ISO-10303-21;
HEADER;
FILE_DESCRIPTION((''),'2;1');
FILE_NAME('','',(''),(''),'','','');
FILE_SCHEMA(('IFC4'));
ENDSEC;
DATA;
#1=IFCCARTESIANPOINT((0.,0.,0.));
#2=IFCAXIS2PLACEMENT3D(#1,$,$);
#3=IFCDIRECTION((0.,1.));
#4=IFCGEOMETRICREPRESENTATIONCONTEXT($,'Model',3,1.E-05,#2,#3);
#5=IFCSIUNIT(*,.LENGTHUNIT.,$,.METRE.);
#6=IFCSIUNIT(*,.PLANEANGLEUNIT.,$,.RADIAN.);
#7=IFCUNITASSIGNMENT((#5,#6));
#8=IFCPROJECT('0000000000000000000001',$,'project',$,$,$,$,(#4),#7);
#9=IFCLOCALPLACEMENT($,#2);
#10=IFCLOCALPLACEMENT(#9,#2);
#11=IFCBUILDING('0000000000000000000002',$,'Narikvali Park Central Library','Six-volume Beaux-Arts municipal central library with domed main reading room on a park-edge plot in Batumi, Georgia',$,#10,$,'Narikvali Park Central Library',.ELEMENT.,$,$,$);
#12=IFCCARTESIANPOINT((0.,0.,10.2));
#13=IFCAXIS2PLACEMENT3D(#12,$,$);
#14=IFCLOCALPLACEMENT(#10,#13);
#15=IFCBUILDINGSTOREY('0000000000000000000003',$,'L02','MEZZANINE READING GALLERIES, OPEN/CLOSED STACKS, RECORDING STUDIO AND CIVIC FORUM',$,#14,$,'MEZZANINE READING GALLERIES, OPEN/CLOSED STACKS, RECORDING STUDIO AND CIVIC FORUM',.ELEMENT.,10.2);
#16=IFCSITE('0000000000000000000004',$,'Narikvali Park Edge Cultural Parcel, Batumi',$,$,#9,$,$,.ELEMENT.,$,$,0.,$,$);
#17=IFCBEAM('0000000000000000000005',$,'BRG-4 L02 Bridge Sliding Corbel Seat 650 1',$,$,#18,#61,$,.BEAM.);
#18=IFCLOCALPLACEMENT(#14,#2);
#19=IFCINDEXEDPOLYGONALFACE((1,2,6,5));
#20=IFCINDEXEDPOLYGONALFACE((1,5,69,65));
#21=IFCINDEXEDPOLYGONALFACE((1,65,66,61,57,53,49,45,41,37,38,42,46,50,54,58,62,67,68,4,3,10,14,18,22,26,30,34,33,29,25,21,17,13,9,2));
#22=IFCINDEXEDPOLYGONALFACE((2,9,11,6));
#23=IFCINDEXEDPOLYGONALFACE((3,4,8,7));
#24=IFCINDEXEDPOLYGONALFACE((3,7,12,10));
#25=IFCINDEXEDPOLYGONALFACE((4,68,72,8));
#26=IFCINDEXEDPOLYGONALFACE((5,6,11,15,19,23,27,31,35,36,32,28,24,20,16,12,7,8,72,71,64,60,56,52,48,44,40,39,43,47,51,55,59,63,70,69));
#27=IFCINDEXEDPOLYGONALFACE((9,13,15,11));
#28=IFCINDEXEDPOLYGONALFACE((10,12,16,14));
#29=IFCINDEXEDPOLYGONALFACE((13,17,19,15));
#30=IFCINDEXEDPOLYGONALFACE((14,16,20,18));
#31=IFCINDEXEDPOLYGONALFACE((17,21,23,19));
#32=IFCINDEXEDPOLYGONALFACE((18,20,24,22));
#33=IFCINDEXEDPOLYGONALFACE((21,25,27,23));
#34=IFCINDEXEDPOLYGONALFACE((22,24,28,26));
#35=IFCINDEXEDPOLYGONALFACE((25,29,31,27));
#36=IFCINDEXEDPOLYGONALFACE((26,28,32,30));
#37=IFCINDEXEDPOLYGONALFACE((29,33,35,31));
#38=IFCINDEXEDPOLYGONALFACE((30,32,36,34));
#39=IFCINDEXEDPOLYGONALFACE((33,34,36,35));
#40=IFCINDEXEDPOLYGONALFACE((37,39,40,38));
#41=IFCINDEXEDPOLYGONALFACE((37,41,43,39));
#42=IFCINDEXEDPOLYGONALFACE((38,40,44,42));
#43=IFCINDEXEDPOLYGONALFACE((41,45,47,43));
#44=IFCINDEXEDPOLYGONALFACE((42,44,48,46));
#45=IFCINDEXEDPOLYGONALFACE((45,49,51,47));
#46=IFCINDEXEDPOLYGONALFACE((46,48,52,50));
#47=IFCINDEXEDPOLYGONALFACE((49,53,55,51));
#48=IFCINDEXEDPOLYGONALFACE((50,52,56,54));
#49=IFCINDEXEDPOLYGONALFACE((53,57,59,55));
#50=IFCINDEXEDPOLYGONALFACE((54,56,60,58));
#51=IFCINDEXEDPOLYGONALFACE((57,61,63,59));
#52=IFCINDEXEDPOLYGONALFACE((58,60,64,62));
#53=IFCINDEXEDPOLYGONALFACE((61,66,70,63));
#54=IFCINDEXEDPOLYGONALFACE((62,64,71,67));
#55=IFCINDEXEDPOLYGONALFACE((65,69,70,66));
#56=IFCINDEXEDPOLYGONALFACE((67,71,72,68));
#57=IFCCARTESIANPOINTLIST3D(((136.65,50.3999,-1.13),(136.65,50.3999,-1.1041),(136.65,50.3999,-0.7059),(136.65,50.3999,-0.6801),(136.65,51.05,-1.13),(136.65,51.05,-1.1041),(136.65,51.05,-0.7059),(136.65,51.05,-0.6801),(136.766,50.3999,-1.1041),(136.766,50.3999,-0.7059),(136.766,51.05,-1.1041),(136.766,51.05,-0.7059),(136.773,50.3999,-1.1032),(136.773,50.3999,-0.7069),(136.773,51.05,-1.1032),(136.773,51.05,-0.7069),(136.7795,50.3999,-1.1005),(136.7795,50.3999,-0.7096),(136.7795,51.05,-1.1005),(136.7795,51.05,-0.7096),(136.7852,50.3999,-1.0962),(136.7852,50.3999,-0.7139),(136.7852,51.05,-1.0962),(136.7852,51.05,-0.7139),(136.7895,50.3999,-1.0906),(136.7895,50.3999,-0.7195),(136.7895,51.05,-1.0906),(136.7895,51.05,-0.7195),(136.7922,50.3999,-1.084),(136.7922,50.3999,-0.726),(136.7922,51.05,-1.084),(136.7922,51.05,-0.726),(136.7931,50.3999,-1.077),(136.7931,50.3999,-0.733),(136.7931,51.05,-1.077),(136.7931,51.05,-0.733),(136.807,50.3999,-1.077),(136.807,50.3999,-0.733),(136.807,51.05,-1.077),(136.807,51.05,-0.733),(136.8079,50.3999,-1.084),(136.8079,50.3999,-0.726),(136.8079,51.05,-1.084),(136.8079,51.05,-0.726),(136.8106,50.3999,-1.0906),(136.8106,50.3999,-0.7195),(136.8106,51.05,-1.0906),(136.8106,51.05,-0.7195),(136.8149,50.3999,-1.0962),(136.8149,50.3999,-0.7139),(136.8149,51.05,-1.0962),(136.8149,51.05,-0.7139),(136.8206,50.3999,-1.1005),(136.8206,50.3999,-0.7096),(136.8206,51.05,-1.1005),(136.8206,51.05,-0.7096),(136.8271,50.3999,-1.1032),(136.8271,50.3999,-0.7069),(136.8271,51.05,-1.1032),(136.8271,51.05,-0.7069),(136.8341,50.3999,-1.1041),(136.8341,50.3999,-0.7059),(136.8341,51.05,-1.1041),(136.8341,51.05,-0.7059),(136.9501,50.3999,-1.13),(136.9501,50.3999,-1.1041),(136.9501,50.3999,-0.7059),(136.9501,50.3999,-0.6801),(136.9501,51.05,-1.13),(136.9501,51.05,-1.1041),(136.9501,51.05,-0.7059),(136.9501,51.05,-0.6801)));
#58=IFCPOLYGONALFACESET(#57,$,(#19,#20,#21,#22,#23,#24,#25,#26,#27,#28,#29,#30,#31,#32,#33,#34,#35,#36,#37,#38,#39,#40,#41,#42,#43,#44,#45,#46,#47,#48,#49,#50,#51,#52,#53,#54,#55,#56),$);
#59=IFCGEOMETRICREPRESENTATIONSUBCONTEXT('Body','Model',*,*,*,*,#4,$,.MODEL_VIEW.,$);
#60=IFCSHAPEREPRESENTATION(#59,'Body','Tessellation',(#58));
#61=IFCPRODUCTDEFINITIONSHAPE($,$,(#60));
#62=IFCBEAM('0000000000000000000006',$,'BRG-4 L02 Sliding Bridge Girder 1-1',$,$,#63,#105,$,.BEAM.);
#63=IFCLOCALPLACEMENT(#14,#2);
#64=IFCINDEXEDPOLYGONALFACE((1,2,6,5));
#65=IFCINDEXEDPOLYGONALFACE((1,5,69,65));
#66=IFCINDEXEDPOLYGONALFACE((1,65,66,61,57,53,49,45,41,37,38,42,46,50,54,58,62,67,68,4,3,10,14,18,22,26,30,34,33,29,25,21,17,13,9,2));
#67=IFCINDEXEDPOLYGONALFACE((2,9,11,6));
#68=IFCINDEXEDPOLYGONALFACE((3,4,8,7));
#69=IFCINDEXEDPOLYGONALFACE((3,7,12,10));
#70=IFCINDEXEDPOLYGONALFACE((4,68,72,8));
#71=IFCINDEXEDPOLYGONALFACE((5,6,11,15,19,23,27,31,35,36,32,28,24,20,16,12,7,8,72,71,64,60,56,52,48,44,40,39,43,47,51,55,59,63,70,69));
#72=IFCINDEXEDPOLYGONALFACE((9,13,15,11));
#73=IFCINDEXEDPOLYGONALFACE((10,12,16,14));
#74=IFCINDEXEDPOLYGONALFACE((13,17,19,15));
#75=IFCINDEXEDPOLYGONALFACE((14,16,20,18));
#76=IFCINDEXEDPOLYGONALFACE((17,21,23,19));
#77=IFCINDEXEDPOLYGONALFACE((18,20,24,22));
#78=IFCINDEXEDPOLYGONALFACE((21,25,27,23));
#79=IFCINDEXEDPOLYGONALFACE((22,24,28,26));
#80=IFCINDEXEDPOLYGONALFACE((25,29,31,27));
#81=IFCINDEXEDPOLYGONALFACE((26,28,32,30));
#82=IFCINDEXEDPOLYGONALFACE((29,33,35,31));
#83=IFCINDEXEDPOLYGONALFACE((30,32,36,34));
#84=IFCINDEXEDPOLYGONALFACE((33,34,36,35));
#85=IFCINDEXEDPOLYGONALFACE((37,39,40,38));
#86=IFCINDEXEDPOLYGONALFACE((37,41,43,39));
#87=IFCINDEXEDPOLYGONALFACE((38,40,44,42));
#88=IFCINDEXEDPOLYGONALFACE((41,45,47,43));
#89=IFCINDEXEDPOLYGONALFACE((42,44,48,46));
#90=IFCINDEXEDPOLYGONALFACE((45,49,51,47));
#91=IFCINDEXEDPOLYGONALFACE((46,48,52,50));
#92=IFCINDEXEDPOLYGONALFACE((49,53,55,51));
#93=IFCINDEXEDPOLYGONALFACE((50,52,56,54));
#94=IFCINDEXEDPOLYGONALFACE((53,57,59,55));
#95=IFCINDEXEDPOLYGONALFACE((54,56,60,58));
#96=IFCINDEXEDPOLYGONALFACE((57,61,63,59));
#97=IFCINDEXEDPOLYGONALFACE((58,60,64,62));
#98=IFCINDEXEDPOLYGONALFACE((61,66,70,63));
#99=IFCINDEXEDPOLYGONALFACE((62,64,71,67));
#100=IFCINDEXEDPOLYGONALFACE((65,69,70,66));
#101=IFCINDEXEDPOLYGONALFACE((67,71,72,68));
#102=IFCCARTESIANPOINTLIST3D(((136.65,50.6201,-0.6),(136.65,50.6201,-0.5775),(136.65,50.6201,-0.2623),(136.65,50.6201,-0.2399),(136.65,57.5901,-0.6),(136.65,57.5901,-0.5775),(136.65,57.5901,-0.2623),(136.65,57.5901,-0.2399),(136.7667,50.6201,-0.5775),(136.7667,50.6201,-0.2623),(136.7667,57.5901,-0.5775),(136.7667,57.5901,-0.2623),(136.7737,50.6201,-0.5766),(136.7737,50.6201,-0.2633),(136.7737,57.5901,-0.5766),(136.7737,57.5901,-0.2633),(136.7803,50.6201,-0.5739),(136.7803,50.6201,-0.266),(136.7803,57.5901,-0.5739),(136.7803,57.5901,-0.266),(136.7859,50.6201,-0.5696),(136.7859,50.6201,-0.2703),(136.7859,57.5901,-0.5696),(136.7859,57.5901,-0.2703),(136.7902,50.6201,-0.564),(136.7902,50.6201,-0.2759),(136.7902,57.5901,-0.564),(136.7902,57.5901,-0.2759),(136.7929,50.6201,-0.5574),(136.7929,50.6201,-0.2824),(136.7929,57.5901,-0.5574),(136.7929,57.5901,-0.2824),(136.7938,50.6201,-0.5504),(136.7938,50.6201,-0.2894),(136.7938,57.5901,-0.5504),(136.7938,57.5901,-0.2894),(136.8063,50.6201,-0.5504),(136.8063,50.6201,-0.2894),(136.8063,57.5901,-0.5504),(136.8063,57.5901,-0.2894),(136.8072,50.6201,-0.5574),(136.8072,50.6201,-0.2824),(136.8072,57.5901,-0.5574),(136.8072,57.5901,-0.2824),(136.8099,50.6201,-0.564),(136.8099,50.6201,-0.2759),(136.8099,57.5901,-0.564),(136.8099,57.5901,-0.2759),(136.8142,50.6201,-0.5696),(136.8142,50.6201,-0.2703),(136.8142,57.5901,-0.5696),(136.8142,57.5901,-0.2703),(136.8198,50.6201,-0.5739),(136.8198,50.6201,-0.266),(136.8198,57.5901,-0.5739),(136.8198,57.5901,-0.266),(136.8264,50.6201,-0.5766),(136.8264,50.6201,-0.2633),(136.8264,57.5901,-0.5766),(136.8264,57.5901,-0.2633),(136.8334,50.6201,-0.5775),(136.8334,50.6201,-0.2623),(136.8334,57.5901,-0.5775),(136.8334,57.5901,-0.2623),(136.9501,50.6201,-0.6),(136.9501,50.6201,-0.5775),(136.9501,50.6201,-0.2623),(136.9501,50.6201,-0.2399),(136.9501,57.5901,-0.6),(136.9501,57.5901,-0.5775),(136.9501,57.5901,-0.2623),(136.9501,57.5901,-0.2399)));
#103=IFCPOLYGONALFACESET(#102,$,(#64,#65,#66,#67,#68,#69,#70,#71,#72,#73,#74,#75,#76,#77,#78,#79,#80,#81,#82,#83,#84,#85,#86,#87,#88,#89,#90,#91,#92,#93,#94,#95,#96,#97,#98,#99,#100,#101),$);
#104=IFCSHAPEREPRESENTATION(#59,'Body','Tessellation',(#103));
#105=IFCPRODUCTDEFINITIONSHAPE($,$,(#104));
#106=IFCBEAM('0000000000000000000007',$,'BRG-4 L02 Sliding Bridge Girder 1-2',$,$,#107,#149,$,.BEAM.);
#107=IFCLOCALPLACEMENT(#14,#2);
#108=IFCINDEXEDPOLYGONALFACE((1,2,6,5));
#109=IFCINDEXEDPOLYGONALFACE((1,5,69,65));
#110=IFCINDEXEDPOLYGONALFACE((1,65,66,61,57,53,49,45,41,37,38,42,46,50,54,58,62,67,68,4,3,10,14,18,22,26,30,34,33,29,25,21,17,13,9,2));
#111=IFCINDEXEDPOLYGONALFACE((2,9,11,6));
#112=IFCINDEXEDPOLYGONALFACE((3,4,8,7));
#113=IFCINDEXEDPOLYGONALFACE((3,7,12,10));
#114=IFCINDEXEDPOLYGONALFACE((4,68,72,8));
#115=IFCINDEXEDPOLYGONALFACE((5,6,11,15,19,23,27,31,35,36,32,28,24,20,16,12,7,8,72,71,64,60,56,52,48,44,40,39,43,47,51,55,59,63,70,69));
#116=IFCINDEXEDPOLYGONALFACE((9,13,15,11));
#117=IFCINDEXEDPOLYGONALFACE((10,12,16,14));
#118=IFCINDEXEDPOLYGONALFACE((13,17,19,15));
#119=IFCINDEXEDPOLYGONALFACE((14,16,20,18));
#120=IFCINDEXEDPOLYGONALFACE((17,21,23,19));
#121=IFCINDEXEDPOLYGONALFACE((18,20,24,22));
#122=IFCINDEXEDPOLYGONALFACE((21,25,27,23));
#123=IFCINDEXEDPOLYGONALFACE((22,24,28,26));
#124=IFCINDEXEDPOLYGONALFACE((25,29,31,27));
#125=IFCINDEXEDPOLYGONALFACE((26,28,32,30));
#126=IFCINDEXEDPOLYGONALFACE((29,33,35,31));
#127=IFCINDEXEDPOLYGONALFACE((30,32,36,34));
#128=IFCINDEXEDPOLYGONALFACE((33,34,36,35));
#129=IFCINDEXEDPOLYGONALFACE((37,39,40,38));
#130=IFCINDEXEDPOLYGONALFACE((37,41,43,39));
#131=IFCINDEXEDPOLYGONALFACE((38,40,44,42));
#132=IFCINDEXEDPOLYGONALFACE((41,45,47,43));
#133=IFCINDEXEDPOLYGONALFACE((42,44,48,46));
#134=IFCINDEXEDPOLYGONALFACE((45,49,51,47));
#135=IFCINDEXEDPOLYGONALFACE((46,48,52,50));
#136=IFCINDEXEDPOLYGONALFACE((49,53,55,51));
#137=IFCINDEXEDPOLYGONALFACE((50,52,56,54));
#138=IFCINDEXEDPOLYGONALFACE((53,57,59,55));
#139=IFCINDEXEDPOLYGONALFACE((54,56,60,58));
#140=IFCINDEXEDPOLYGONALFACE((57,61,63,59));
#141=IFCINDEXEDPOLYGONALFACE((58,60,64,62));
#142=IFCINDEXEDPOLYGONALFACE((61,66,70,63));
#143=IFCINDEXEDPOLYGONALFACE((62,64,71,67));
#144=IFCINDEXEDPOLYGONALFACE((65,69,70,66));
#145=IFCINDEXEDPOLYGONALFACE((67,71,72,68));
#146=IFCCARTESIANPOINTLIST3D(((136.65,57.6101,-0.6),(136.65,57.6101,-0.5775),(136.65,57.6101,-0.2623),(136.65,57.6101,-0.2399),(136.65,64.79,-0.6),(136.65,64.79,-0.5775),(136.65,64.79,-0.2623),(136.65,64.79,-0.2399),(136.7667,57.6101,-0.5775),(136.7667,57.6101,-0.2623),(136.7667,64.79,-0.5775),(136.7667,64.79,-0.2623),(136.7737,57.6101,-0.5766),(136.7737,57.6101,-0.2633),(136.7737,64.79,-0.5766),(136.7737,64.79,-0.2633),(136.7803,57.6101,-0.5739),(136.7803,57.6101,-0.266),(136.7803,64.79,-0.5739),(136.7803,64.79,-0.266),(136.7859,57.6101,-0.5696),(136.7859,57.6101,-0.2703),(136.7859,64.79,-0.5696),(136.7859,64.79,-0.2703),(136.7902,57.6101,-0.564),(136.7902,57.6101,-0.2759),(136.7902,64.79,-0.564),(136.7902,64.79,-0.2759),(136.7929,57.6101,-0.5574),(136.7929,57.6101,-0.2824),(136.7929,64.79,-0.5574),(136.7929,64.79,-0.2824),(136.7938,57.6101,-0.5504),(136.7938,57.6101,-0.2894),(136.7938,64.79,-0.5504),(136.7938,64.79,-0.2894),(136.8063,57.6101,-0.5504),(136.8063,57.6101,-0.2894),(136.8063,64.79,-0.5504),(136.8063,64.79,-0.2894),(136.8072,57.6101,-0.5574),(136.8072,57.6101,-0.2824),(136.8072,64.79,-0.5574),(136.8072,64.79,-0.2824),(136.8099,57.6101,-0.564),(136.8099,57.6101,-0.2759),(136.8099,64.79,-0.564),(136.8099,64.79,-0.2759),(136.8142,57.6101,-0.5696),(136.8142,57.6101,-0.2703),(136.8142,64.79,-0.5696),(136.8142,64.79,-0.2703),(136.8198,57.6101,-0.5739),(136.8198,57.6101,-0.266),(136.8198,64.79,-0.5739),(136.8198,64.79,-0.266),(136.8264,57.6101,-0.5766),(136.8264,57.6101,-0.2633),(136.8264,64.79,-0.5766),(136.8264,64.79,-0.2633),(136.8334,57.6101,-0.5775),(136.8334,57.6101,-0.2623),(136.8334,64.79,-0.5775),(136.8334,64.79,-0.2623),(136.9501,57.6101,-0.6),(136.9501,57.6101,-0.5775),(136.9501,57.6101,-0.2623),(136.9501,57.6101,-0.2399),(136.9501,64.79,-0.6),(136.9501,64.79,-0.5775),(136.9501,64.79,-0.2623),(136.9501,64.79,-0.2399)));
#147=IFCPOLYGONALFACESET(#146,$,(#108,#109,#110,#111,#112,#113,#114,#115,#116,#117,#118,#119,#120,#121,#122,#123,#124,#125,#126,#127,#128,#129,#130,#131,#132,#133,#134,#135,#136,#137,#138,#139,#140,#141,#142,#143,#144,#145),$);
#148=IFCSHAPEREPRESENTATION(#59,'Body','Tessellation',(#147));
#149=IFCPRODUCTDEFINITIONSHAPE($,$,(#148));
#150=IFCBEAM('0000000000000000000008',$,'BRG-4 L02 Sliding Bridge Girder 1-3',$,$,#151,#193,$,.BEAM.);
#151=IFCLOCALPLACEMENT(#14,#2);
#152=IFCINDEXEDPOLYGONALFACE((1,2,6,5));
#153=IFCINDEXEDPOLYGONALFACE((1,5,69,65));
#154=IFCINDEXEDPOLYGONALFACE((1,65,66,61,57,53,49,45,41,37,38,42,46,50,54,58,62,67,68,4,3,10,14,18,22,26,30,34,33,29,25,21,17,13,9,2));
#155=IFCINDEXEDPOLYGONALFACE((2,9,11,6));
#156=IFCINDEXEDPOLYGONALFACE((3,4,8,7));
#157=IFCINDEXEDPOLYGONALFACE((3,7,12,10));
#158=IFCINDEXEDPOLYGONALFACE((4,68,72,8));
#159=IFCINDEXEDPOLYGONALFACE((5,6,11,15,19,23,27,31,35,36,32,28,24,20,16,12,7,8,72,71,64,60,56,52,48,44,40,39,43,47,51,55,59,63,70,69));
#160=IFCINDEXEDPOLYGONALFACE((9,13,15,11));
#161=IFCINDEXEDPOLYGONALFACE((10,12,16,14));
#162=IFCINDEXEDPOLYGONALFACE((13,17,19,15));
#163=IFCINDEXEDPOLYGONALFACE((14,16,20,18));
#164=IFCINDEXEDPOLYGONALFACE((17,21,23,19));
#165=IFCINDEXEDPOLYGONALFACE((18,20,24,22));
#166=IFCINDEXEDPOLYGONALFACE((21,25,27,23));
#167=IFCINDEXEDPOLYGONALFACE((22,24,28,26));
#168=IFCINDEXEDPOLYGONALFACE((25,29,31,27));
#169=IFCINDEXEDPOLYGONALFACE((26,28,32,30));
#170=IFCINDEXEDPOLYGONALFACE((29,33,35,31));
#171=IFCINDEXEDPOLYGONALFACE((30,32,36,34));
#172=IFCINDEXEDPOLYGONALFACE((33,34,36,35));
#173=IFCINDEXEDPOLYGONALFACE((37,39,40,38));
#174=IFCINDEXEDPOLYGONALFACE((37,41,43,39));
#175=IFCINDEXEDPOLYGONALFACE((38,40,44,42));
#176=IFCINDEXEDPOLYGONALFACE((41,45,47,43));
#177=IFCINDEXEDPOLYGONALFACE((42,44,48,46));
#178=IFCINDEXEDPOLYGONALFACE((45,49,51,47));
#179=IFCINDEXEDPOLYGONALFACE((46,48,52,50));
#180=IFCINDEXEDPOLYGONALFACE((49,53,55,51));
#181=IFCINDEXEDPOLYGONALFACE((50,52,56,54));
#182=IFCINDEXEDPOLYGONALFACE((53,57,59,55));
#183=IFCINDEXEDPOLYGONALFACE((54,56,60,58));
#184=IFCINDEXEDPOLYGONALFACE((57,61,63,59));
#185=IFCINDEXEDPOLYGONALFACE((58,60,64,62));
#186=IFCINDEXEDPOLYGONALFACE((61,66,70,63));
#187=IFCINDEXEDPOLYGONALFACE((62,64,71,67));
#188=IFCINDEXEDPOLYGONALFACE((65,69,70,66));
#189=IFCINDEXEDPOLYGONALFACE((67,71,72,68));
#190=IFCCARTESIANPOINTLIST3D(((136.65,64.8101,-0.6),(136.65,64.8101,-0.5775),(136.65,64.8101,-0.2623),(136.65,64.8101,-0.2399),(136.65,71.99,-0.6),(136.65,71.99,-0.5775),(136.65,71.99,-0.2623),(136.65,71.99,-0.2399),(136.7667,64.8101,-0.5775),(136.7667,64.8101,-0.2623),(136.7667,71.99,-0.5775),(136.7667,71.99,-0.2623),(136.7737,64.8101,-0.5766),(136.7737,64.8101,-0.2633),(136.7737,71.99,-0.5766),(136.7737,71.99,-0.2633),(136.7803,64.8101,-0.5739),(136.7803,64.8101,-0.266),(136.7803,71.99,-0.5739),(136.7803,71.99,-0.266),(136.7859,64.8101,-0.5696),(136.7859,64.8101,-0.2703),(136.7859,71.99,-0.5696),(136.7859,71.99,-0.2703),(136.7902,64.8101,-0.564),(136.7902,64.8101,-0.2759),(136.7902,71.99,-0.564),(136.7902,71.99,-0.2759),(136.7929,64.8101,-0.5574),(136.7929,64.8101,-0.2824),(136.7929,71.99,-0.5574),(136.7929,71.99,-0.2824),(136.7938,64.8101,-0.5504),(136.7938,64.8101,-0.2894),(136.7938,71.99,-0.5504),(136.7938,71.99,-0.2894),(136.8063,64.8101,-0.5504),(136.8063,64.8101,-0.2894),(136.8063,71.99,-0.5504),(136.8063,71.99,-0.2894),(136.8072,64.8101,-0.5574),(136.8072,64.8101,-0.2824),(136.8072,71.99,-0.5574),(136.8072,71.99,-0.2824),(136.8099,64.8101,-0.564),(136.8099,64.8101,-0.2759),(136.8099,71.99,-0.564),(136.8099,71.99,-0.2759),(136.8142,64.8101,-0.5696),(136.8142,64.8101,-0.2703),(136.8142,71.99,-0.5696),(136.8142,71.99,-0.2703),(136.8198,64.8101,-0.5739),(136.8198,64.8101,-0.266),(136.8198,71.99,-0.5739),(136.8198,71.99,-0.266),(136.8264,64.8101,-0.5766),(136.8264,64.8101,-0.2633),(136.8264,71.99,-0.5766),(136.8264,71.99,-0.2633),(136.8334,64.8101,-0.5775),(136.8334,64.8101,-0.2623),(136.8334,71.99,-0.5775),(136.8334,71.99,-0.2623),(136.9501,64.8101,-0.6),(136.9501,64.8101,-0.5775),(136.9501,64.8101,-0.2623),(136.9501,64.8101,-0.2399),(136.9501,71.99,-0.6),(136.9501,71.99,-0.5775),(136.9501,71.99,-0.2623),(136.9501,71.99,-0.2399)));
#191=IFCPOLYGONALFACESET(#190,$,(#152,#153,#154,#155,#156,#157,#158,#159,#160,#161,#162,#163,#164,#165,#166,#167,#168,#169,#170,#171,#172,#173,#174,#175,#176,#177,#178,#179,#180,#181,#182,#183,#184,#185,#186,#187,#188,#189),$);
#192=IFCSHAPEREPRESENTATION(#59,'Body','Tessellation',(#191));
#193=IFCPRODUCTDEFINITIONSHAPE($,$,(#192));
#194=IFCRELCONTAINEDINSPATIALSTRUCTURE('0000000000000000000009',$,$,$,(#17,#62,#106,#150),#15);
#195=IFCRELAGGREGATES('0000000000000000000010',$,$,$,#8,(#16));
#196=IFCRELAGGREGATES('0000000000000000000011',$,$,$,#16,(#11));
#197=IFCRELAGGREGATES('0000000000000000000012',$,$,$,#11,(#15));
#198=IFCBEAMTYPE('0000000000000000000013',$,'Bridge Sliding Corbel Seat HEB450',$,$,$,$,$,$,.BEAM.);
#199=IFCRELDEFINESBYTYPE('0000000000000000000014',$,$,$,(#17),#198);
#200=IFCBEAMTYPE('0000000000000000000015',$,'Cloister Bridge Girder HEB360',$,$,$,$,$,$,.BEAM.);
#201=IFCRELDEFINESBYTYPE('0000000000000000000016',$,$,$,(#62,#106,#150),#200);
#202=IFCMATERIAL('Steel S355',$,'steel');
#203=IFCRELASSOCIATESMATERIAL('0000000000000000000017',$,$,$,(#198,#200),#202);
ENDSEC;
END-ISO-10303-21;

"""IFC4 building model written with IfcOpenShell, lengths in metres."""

from ifc_helpers import new_model, si_unit, direction, frame, origin, origin_2d, place, context, subcontext, project, spatial, i_section, extrude, material, material_profile, profile_set, type_object, element, save


model = new_model("IFC4")

# Units and contexts
model_context = context("Model", 3, precision=1e-05, world=origin(), true_north=direction((0.0, 1.0)))
body_context = subcontext(model_context, "Body", "Model", "MODEL_VIEW")
ifc_project = project(units=[si_unit("LENGTHUNIT", "METRE"), si_unit("PLANEANGLEUNIT", "RADIAN")], contexts=[model_context])

# Site, building, storey
site_placement = place(None, origin())
site = spatial("IfcSite", under=ifc_project, at=site_placement, Name="Narikvali Park Edge Cultural Parcel, Batumi", CompositionType="ELEMENT", RefElevation=0.0)
building_placement = place(site_placement, origin())
building = spatial("IfcBuilding", under=site, at=building_placement, Name="Narikvali Park Central Library", Description="Six-volume Beaux-Arts municipal central library with domed main reading room on a park-edge plot in Batumi, Georgia", LongName="Narikvali Park Central Library", CompositionType="ELEMENT")
storey_placement = place(building_placement, frame((0.0, 0.0, 10.2)))
storey = spatial("IfcBuildingStorey", under=building, at=storey_placement, Name="L02", Description="MEZZANINE READING GALLERIES, OPEN/CLOSED STACKS, RECORDING STUDIO AND CIVIC FORUM", LongName="MEZZANINE READING GALLERIES, OPEN/CLOSED STACKS, RECORDING STUDIO AND CIVIC FORUM", CompositionType="ELEMENT", Elevation=10.2)

# Beams
ifc_material_1 = material(Name="Steel S355", Category="steel")
ifc_material_profile_1 = material_profile(ifc_material_1, i_section(OverallWidth=0.3, OverallDepth=0.45, WebThickness=0.0139, FlangeThickness=0.0259, FilletRadius=0.0271, at=origin_2d()), Name="HEB 450")
ifc_profile_set_1 = profile_set([ifc_material_profile_1], Name="Steel S355")
beam_type_1 = type_object("IfcBeamType", Name="Bridge Sliding Corbel Seat HEB450", PredefinedType="BEAM", material=ifc_profile_set_1)
beam_1_placement = place(storey_placement, frame((136.8, 50.3999, -0.905), z_axis=(0.0, 1.0, 0.0), x_axis=(-1.0, 0.0, 0.0)))
element("IfcBeam", 1, at=beam_1_placement, inside=storey, type_object=beam_type_1, Name="BRG-4 L02 Bridge Sliding Corbel Seat 650 1", PredefinedType="BEAM", context=body_context, shape_type="SweptSolid", body=[
    extrude(i_section(OverallWidth=0.3, OverallDepth=0.45, WebThickness=0.0139, FlangeThickness=0.0259, FilletRadius=0.0271, at=origin_2d()), origin(), (0.0, 0.0, 1.0), 0.6501),
])
ifc_material_profile_2 = material_profile(ifc_material_1, i_section(OverallWidth=0.3, OverallDepth=0.3601, WebThickness=0.0125, FlangeThickness=0.0225, FilletRadius=0.0271, at=origin_2d()), Name="HEB 360")
ifc_profile_set_2 = profile_set([ifc_material_profile_2], Name="Steel S355")
beam_type_2 = type_object("IfcBeamType", Name="Cloister Bridge Girder HEB360", PredefinedType="BEAM", material=ifc_profile_set_2)
beam_2_placement = place(storey_placement, frame((136.8, 50.6201, -0.4199), z_axis=(0.0, 1.0, 0.0), x_axis=(-1.0, 0.0, 0.0)))
element("IfcBeam", 2, at=beam_2_placement, inside=storey, type_object=beam_type_2, Name="BRG-4 L02 Sliding Bridge Girder 1-1", PredefinedType="BEAM", context=body_context, shape_type="SweptSolid", body=[
    extrude(i_section(OverallWidth=0.3, OverallDepth=0.3601, WebThickness=0.0125, FlangeThickness=0.0225, FilletRadius=0.0271, at=origin_2d()), origin(), (0.0, 0.0, 1.0), 6.97),
])
for number, where, z_axis, x_axis, name in (
    (3, (136.8, 57.6101, -0.4199), (0.0, 1.0, 0.0), (-1.0, 0.0, 0.0), "BRG-4 L02 Sliding Bridge Girder 1-2"),
    (4, (136.8, 64.8101, -0.4199), (0.0, 1.0, 0.0), (-1.0, 0.0, 0.0), "BRG-4 L02 Sliding Bridge Girder 1-3"),
):
    element("IfcBeam", number, at=place(storey_placement, frame(where, z_axis=z_axis, x_axis=x_axis)), inside=storey, type_object=beam_type_2, Name=name, PredefinedType="BEAM", context=body_context, shape_type="SweptSolid", body=[
        extrude(i_section(OverallWidth=0.3, OverallDepth=0.3601, WebThickness=0.0125, FlangeThickness=0.0225, FilletRadius=0.0271, at=origin_2d()), origin(), (0.0, 0.0, 1.0), 7.1799),
    ])

save(model, "model.ifc")
